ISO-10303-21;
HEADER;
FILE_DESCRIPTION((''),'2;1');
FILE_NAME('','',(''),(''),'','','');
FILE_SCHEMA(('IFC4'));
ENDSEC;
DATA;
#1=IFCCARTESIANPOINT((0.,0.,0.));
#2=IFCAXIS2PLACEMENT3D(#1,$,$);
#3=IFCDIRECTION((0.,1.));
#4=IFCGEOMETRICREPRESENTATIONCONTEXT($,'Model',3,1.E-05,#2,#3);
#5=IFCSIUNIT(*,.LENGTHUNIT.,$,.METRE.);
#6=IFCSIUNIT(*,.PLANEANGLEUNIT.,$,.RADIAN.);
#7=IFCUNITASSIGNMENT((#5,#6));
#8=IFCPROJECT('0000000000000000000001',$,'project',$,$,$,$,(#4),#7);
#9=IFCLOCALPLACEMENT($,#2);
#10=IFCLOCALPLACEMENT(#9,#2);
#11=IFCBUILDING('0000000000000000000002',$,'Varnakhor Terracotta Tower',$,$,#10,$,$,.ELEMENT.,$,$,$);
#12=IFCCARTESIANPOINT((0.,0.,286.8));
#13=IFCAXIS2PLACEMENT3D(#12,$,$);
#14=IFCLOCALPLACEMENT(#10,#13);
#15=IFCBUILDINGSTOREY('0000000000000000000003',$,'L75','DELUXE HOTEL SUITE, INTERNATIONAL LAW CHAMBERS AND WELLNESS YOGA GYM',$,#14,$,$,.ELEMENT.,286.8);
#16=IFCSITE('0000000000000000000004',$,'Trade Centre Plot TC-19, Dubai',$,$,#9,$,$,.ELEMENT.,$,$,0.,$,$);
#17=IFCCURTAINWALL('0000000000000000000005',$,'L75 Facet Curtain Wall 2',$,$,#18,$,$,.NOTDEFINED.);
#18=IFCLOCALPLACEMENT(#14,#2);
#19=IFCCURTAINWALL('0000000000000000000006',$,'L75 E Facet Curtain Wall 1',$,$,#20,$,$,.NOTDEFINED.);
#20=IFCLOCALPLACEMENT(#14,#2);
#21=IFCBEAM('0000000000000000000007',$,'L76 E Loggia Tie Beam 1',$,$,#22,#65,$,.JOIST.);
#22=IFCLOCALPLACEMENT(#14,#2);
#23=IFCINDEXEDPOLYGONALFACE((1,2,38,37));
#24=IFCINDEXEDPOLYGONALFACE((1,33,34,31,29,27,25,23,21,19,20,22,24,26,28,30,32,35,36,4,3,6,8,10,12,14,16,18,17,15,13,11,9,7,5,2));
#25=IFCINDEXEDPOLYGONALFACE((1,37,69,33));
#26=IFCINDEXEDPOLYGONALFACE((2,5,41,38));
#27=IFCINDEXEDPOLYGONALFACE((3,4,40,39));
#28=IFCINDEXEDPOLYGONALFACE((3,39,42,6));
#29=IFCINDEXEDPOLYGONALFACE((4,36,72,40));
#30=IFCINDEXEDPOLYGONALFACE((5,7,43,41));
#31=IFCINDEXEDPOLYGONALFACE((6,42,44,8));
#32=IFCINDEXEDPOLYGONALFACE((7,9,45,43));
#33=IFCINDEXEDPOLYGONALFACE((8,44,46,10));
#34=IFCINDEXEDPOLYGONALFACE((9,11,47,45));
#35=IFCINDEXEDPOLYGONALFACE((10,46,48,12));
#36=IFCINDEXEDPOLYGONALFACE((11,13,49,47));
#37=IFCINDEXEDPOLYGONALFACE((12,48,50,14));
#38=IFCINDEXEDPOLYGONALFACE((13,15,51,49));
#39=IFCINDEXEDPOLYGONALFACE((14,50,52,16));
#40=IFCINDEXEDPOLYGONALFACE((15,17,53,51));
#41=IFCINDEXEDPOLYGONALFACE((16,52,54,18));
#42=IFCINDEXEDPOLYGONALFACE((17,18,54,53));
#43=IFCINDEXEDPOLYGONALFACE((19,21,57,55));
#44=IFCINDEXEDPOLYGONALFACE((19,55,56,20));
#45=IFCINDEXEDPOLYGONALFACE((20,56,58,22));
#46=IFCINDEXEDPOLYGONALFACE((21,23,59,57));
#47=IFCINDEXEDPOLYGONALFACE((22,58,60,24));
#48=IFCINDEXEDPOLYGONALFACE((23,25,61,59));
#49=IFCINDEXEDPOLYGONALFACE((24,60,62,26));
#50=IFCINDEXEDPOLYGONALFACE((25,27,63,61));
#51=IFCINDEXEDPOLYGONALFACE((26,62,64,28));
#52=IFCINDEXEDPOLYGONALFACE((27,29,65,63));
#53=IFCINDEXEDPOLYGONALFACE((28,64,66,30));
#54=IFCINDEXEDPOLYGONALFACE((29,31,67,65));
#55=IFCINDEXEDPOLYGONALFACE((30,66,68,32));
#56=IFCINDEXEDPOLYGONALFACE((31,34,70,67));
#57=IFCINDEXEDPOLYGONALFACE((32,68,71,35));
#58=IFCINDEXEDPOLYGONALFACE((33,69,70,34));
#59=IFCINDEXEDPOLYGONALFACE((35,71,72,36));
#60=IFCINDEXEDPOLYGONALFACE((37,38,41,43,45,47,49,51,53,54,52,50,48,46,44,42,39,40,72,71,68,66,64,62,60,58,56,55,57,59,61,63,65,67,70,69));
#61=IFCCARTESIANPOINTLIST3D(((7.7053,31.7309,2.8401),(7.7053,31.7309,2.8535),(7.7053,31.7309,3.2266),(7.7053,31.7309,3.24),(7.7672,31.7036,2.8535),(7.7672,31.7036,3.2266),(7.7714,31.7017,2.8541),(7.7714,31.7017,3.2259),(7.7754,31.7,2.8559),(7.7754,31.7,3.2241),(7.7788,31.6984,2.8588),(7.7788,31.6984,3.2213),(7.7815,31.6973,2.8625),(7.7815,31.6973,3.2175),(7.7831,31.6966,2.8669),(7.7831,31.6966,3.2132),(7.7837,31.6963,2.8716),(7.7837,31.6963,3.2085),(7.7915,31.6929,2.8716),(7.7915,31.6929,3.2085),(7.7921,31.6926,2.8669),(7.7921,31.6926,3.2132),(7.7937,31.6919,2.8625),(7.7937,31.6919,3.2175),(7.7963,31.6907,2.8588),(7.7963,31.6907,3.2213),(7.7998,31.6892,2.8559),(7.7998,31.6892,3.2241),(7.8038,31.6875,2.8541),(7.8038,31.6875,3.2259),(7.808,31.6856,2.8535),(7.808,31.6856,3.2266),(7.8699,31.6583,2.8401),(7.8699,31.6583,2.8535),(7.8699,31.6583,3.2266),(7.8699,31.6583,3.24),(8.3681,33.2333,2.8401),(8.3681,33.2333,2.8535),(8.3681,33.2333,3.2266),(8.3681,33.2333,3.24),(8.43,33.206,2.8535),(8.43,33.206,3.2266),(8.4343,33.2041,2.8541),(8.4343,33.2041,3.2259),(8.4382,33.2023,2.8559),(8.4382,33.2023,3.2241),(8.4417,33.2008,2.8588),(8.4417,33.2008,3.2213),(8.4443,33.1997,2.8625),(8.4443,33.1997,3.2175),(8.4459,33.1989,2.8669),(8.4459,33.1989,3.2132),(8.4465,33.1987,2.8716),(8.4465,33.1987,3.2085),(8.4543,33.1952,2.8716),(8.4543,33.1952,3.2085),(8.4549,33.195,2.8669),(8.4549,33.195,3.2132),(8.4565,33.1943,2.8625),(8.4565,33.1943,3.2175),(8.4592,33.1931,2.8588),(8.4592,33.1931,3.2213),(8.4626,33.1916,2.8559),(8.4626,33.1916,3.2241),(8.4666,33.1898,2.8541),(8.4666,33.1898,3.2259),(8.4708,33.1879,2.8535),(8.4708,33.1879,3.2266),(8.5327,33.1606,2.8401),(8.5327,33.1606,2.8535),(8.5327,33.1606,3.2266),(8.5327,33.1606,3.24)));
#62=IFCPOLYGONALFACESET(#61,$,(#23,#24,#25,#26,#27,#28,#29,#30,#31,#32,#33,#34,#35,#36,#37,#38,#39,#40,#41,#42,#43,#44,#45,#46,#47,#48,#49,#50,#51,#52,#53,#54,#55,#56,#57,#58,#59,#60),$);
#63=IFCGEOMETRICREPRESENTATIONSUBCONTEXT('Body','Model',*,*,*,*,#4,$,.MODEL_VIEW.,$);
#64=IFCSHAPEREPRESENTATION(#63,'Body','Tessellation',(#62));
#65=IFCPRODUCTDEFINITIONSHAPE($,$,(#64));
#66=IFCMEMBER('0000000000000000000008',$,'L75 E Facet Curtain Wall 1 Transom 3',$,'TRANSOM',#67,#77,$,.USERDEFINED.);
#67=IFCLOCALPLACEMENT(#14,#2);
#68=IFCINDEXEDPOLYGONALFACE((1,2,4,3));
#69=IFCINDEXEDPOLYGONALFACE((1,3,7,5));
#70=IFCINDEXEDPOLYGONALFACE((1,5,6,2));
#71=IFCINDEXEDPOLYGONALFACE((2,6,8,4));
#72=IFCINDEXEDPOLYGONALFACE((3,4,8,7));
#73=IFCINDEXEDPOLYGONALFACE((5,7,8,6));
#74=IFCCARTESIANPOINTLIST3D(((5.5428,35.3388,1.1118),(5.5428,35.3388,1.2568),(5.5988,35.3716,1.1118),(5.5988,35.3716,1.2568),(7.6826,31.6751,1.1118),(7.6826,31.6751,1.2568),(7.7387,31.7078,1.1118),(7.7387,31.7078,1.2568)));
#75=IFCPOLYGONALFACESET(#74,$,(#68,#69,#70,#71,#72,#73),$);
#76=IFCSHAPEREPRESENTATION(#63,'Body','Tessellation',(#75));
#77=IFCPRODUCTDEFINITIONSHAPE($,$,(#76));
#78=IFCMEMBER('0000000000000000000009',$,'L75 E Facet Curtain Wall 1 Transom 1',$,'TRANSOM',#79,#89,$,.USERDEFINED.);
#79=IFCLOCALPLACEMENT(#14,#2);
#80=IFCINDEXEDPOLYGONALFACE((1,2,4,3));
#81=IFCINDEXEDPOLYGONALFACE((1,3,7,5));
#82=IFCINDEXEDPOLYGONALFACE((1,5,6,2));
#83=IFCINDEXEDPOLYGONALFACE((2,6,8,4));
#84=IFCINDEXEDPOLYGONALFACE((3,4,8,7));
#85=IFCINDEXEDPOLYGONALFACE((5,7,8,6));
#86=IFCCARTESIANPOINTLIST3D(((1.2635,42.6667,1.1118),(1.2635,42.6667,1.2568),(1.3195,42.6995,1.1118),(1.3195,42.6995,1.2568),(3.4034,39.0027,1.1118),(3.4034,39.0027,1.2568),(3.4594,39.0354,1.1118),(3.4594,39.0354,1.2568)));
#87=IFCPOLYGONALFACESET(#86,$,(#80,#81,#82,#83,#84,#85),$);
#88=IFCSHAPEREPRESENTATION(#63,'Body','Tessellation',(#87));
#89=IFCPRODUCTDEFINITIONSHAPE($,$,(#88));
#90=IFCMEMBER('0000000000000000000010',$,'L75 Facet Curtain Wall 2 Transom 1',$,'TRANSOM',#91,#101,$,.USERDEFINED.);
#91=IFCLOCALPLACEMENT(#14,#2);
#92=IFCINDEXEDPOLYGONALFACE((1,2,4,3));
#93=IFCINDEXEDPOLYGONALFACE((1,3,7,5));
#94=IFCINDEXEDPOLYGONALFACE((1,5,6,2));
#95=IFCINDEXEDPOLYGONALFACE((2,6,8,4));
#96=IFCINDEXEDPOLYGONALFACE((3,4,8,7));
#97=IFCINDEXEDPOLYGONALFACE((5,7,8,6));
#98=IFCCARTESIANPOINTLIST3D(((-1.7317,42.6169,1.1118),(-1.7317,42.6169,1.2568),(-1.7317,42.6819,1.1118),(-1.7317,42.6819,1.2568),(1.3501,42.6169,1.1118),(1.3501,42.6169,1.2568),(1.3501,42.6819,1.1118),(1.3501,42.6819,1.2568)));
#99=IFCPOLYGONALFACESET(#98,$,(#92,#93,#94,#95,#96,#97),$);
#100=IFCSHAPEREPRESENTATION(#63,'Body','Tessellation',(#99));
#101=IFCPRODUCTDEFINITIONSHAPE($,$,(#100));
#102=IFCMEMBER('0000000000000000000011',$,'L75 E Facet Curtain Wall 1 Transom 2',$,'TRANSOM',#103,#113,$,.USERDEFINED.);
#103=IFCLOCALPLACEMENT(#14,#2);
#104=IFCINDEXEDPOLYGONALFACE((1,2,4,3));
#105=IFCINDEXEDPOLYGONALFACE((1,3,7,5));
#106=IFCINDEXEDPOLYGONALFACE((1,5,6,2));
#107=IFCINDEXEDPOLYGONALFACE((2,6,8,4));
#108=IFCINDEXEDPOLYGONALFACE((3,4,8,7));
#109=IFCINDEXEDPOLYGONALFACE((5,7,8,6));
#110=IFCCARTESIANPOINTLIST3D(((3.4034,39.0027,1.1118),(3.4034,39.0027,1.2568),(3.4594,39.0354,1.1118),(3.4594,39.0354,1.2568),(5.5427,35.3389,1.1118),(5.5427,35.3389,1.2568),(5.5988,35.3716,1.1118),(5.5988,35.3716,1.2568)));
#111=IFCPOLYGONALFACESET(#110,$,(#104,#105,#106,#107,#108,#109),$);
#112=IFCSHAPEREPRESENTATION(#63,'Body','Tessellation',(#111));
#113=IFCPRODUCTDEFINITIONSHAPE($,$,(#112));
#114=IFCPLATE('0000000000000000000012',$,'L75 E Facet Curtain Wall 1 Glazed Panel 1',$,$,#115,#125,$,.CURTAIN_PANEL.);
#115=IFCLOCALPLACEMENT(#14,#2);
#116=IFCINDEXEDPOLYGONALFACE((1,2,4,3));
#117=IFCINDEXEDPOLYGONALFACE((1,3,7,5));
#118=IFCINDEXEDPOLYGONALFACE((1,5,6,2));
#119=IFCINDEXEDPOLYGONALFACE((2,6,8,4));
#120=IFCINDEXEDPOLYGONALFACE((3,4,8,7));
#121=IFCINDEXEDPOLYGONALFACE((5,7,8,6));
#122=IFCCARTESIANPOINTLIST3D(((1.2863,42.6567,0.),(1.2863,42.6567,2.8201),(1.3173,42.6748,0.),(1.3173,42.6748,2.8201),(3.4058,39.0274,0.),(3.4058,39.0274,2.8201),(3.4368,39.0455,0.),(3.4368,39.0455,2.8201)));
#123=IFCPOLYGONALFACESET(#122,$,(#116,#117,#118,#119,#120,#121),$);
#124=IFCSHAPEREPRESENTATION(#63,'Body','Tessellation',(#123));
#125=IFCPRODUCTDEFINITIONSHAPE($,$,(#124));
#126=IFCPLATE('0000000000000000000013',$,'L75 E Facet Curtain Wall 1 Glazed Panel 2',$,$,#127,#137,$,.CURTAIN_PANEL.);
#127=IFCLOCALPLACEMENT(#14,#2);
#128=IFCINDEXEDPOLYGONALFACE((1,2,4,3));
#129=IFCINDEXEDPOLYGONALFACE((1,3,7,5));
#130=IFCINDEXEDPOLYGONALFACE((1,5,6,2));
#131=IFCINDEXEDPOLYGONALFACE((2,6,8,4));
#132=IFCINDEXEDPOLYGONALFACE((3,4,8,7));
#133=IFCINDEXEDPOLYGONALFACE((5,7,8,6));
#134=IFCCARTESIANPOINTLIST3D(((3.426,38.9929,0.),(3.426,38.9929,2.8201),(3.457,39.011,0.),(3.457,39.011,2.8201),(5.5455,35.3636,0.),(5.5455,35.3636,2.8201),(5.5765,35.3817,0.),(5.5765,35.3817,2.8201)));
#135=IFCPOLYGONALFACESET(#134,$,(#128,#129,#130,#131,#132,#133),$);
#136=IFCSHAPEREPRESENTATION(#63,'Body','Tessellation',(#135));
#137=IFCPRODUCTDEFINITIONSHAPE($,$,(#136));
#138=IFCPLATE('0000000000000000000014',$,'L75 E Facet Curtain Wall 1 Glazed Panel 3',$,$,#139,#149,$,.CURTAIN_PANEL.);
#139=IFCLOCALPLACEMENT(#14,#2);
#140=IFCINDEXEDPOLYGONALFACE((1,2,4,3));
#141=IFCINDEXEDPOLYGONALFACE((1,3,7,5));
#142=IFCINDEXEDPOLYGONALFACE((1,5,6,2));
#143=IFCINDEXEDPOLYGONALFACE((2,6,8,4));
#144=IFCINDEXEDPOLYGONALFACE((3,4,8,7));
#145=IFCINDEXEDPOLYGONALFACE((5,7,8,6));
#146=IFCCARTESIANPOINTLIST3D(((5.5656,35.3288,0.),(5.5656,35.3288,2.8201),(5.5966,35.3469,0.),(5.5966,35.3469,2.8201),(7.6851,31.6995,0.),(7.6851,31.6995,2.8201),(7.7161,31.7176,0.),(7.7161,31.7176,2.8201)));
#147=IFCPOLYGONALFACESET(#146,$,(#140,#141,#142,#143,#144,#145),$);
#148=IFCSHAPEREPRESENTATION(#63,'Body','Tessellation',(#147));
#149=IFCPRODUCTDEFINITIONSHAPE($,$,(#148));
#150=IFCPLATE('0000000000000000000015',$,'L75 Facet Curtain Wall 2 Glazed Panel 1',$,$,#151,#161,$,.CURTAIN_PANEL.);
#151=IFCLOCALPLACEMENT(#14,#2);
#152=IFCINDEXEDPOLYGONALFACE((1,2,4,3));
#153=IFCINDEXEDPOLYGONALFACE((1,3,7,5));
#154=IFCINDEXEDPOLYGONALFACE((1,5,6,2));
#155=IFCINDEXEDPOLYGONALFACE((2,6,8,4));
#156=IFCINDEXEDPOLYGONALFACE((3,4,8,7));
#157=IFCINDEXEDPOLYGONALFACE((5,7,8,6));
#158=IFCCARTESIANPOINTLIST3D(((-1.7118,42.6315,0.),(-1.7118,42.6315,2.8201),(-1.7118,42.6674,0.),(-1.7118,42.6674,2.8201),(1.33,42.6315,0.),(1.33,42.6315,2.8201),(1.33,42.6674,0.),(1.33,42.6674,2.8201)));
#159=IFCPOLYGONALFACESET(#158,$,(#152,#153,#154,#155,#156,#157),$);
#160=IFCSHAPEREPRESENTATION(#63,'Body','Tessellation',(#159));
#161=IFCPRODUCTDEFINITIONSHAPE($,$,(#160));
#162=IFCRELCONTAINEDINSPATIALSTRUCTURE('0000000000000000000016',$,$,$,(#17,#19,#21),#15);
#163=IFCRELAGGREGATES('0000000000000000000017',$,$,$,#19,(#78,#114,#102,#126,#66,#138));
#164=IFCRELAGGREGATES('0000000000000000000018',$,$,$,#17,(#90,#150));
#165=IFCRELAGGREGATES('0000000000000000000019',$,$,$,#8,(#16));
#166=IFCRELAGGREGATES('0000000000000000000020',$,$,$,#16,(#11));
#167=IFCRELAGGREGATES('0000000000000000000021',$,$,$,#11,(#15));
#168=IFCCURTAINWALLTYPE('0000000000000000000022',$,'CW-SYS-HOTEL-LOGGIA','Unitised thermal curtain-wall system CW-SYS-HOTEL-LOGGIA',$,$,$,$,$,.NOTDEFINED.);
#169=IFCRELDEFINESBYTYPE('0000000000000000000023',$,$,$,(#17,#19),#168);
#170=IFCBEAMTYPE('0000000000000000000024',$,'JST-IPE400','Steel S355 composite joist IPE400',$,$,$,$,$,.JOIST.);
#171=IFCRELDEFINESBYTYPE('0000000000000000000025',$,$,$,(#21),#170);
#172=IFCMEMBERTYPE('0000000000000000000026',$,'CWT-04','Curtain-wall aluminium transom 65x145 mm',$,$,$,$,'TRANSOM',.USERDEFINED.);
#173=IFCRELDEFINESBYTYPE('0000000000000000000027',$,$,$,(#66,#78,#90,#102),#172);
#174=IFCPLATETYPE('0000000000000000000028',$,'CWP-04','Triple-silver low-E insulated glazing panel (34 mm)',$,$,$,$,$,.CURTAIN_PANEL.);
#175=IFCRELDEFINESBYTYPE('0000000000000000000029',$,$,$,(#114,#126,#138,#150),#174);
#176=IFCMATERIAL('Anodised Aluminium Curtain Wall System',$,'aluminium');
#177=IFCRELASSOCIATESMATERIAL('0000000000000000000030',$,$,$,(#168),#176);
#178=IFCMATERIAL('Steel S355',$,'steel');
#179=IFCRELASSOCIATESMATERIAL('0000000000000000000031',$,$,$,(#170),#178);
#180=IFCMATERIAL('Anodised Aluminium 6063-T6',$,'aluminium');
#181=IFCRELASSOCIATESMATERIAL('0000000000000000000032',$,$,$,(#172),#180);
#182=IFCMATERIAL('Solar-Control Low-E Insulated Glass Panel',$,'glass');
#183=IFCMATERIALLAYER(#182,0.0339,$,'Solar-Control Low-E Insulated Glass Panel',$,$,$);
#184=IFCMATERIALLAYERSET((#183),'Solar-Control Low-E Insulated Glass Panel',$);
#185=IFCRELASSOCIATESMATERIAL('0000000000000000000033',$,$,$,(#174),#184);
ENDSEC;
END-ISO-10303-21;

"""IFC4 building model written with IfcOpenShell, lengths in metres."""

from ifc_helpers import new_model, si_unit, direction, frame, origin, origin_2d, place, context, subcontext, project, spatial, rectangle, i_section, extrude, source, transform, mapped, material, layer, layer_set, material_profile, profile_set, type_object, element, aggregate, save


model = new_model("IFC4")

# Units and contexts
model_context = context("Model", 3, precision=1e-05, world=origin(), true_north=direction((0.0, 1.0)))
body_context = subcontext(model_context, "Body", "Model", "MODEL_VIEW")
ifc_project = project(units=[si_unit("LENGTHUNIT", "METRE"), si_unit("PLANEANGLEUNIT", "RADIAN")], contexts=[model_context])

# Site, building, storey
site_placement = place(None, origin())
site = spatial("IfcSite", under=ifc_project, at=site_placement, Name="Trade Centre Plot TC-19, Dubai", CompositionType="ELEMENT", RefElevation=0.0)
building_placement = place(site_placement, origin())
building = spatial("IfcBuilding", under=site, at=building_placement, Name="Varnakhor Terracotta Tower", CompositionType="ELEMENT")
storey_placement = place(building_placement, frame((0.0, 0.0, 286.8)))
storey = spatial("IfcBuildingStorey", under=building, at=storey_placement, Name="L75", Description="DELUXE HOTEL SUITE, INTERNATIONAL LAW CHAMBERS AND WELLNESS YOGA GYM", CompositionType="ELEMENT", Elevation=286.8)

# Shared definitions
ifc_material_1 = material(Name="Steel S355", Category="steel")

# Curtain wall
ifc_material_2 = material(Name="Anodised Aluminium Curtain Wall System", Category="aluminium")
curtain_wall_type = type_object("IfcCurtainWallType", Name="CW-SYS-HOTEL-LOGGIA", Description="Unitised thermal curtain-wall system CW-SYS-HOTEL-LOGGIA", PredefinedType="NOTDEFINED", material=ifc_material_2)
curtain_wall_1_placement = place(storey_placement, origin())
curtain_wall_1 = element("IfcCurtainWall", 1, at=curtain_wall_1_placement, inside=storey, type_object=curtain_wall_type, Name="L75 Facet Curtain Wall 2", PredefinedType="NOTDEFINED")
ifc_material_3 = material(Name="Anodised Aluminium 6063-T6", Category="aluminium")

# Curtain wall
curtain_wall_2_placement = place(storey_placement, origin())
curtain_wall_2 = element("IfcCurtainWall", 2, at=curtain_wall_2_placement, inside=storey, type_object=curtain_wall_type, Name="L75 E Facet Curtain Wall 1", PredefinedType="NOTDEFINED")

# Beam
ifc_material_profile_1 = material_profile(ifc_material_1, i_section(OverallWidth=0.1799, OverallDepth=0.3999, WebThickness=0.0085, FlangeThickness=0.0134, FilletRadius=0.0181, at=origin_2d()), Name="IPE400")
ifc_profile_set_1 = profile_set([ifc_material_profile_1], Name="Steel S355")
beam_type_1 = type_object("IfcBeamType", Name="JST-IPE400", Description="Steel S355 composite joist IPE400", PredefinedType="JOIST", material=ifc_profile_set_1)
shared_shape_1 = source(origin(), body_context, "Body", "SweptSolid", [
    extrude(i_section(OverallWidth=0.1799, OverallDepth=0.3999, WebThickness=0.0085, FlangeThickness=0.0134, FilletRadius=0.0181, at=origin_2d()), origin(), (0.0, 0.0, 1.0), 1.6421),
])
beam_1_placement = place(storey_placement, frame((7.7876, 31.6946, 3.04), z_axis=(0.40364, 0.914918, 0.0), x_axis=(-0.914918, 0.40364, 0.0)))
element("IfcBeam", 3, at=beam_1_placement, inside=storey, type_object=beam_type_1, Name="L76 E Loggia Tie Beam 1", PredefinedType="JOIST", context=body_context, shape_type="MappedRepresentation", body=[
    mapped(shared_shape_1, transform((0.0, 0.0, 0.0), scale=1.0)),
])

# Members
ifc_material_profile_2 = material_profile(ifc_material_3, rectangle(XDim=0.0649, YDim=0.145, at=origin_2d()), Name="ALU TRANSOM 65x145")
ifc_profile_set_2 = profile_set([ifc_material_profile_2], Name="Anodised Aluminium 6063-T6")
member_type_1 = type_object("IfcMemberType", Name="CWT-04", Description="Curtain-wall aluminium transom 65x145 mm", ElementType="TRANSOM", PredefinedType="USERDEFINED", material=ifc_profile_set_2)
shared_shape_2 = source(origin(), body_context, "Body", "SweptSolid", [
    extrude(rectangle(XDim=0.0649, YDim=0.145, at=origin_2d()), origin(), (0.0, 0.0, 1.0), 4.2429),
])
member_1_placement = place(storey_placement, frame((5.5708, 35.3552, 1.1843), z_axis=(0.50434, -0.863505, 0.0), x_axis=(0.863505, 0.50434, 0.0)))
member_1 = element("IfcMember", 4, at=member_1_placement, type_object=member_type_1, Name="L75 E Facet Curtain Wall 1 Transom 3", ObjectType="TRANSOM", PredefinedType="USERDEFINED", context=body_context, shape_type="MappedRepresentation", body=[
    mapped(shared_shape_2, transform((0.0, 0.0, 0.0), scale=1.0)),
])
shared_shape_3 = source(origin(), body_context, "Body", "SweptSolid", [
    extrude(rectangle(XDim=0.0649, YDim=0.145, at=origin_2d()), origin(), (0.0, 0.0, 1.0), 4.2432),
])
member_2_placement = place(storey_placement, frame((1.2915, 42.6831, 1.1843), z_axis=(0.504315, -0.86352, 0.0), x_axis=(0.86352, 0.504315, 0.0)))
member_2 = element("IfcMember", 5, at=member_2_placement, type_object=member_type_1, Name="L75 E Facet Curtain Wall 1 Transom 1", ObjectType="TRANSOM", PredefinedType="USERDEFINED", context=body_context, shape_type="MappedRepresentation", body=[
    mapped(shared_shape_3, transform((0.0, 0.0, 0.0), scale=1.0)),
])
shared_shape_4 = source(origin(), body_context, "Body", "SweptSolid", [
    extrude(rectangle(XDim=0.0649, YDim=0.145, at=origin_2d()), origin(), (0.0, 0.0, 1.0), 3.0818),
])
member_3_placement = place(storey_placement, frame((-1.7317, 42.6494, 1.1843), z_axis=(1.0, 0.0, 0.0), x_axis=(0.0, 1.0, 0.0)))
member_3 = element("IfcMember", 6, at=member_3_placement, type_object=member_type_1, Name="L75 Facet Curtain Wall 2 Transom 1", ObjectType="TRANSOM", PredefinedType="USERDEFINED", context=body_context, shape_type="MappedRepresentation", body=[
    mapped(shared_shape_4, transform((0.0, 0.0, 0.0), scale=1.0)),
])
shared_shape_5 = source(origin(), body_context, "Body", "SweptSolid", [
    extrude(rectangle(XDim=0.0649, YDim=0.145, at=origin_2d()), origin(), (0.0, 0.0, 1.0), 4.2427),
])
member_4_placement = place(storey_placement, frame((3.4314, 39.019, 1.1843), z_axis=(0.504254, -0.863555, 0.0), x_axis=(0.863555, 0.504254, 0.0)))
member_4 = element("IfcMember", 7, at=member_4_placement, type_object=member_type_1, Name="L75 E Facet Curtain Wall 1 Transom 2", ObjectType="TRANSOM", PredefinedType="USERDEFINED", context=body_context, shape_type="MappedRepresentation", body=[
    mapped(shared_shape_5, transform((0.0, 0.0, 0.0), scale=1.0)),
])

# Plates
ifc_material_4 = material(Name="Solar-Control Low-E Insulated Glass Panel", Category="glass")
ifc_layer_1 = layer(ifc_material_4, 0.0339, Name="Solar-Control Low-E Insulated Glass Panel")
ifc_layer_set_1 = layer_set([ifc_layer_1], Name="Solar-Control Low-E Insulated Glass Panel")
plate_type = type_object("IfcPlateType", Name="CWP-04", Description="Triple-silver low-E insulated glazing panel (34 mm)", PredefinedType="CURTAIN_PANEL", material=ifc_layer_set_1)
shared_shape_6 = source(origin(), body_context, "Body", "SweptSolid", [
    extrude(rectangle(XDim=4.2029, YDim=0.0359, at=origin_2d()), origin(), (0.0, 0.0, 1.0), 2.8201),
])
plate_1_placement = place(storey_placement, frame((2.3616, 40.8511, 0.0), z_axis=(0.0, 0.0, 1.0), x_axis=(0.504302, -0.863528, 0.0)))
plate_1 = element("IfcPlate", 8, at=plate_1_placement, type_object=plate_type, Name="L75 E Facet Curtain Wall 1 Glazed Panel 1", PredefinedType="CURTAIN_PANEL", context=body_context, shape_type="MappedRepresentation", body=[
    mapped(shared_shape_6, transform((0.0, 0.0, 0.0), scale=1.0)),
])
plate_2_placement = place(storey_placement, frame((4.5012, 37.1873, 0.0), z_axis=(0.0, 0.0, 1.0), x_axis=(0.504302, -0.863528, 0.0)))
plate_2 = element("IfcPlate", 9, at=plate_2_placement, type_object=plate_type, Name="L75 E Facet Curtain Wall 1 Glazed Panel 2", PredefinedType="CURTAIN_PANEL", context=body_context, shape_type="MappedRepresentation", body=[
    mapped(shared_shape_6, transform((0.0, 0.0, 0.0), scale=1.0)),
])
plate_3_placement = place(storey_placement, frame((6.6409, 33.5232, 0.0), z_axis=(0.0, 0.0, 1.0), x_axis=(0.504302, -0.863528, 0.0)))
plate_3 = element("IfcPlate", 10, at=plate_3_placement, type_object=plate_type, Name="L75 E Facet Curtain Wall 1 Glazed Panel 3", PredefinedType="CURTAIN_PANEL", context=body_context, shape_type="MappedRepresentation", body=[
    mapped(shared_shape_6, transform((0.0, 0.0, 0.0), scale=1.0)),
])
aggregate(curtain_wall_2, [member_2, plate_1, member_4, plate_2, member_1, plate_3])
shared_shape_7 = source(origin(), body_context, "Body", "SweptSolid", [
    extrude(rectangle(XDim=3.0417, YDim=0.0359, at=origin_2d()), origin(), (0.0, 0.0, 1.0), 2.8201),
])
plate_4_placement = place(storey_placement, frame((-0.1909, 42.6494, 0.0), z_axis=(0.0, 0.0, 1.0), x_axis=(1.0, 0.0, 0.0)))
plate_4 = element("IfcPlate", 11, at=plate_4_placement, type_object=plate_type, Name="L75 Facet Curtain Wall 2 Glazed Panel 1", PredefinedType="CURTAIN_PANEL", context=body_context, shape_type="MappedRepresentation", body=[
    mapped(shared_shape_7, transform((0.0, 0.0, 0.0), scale=1.0)),
])
aggregate(curtain_wall_1, [member_3, plate_4])

save(model, "model.ifc")
